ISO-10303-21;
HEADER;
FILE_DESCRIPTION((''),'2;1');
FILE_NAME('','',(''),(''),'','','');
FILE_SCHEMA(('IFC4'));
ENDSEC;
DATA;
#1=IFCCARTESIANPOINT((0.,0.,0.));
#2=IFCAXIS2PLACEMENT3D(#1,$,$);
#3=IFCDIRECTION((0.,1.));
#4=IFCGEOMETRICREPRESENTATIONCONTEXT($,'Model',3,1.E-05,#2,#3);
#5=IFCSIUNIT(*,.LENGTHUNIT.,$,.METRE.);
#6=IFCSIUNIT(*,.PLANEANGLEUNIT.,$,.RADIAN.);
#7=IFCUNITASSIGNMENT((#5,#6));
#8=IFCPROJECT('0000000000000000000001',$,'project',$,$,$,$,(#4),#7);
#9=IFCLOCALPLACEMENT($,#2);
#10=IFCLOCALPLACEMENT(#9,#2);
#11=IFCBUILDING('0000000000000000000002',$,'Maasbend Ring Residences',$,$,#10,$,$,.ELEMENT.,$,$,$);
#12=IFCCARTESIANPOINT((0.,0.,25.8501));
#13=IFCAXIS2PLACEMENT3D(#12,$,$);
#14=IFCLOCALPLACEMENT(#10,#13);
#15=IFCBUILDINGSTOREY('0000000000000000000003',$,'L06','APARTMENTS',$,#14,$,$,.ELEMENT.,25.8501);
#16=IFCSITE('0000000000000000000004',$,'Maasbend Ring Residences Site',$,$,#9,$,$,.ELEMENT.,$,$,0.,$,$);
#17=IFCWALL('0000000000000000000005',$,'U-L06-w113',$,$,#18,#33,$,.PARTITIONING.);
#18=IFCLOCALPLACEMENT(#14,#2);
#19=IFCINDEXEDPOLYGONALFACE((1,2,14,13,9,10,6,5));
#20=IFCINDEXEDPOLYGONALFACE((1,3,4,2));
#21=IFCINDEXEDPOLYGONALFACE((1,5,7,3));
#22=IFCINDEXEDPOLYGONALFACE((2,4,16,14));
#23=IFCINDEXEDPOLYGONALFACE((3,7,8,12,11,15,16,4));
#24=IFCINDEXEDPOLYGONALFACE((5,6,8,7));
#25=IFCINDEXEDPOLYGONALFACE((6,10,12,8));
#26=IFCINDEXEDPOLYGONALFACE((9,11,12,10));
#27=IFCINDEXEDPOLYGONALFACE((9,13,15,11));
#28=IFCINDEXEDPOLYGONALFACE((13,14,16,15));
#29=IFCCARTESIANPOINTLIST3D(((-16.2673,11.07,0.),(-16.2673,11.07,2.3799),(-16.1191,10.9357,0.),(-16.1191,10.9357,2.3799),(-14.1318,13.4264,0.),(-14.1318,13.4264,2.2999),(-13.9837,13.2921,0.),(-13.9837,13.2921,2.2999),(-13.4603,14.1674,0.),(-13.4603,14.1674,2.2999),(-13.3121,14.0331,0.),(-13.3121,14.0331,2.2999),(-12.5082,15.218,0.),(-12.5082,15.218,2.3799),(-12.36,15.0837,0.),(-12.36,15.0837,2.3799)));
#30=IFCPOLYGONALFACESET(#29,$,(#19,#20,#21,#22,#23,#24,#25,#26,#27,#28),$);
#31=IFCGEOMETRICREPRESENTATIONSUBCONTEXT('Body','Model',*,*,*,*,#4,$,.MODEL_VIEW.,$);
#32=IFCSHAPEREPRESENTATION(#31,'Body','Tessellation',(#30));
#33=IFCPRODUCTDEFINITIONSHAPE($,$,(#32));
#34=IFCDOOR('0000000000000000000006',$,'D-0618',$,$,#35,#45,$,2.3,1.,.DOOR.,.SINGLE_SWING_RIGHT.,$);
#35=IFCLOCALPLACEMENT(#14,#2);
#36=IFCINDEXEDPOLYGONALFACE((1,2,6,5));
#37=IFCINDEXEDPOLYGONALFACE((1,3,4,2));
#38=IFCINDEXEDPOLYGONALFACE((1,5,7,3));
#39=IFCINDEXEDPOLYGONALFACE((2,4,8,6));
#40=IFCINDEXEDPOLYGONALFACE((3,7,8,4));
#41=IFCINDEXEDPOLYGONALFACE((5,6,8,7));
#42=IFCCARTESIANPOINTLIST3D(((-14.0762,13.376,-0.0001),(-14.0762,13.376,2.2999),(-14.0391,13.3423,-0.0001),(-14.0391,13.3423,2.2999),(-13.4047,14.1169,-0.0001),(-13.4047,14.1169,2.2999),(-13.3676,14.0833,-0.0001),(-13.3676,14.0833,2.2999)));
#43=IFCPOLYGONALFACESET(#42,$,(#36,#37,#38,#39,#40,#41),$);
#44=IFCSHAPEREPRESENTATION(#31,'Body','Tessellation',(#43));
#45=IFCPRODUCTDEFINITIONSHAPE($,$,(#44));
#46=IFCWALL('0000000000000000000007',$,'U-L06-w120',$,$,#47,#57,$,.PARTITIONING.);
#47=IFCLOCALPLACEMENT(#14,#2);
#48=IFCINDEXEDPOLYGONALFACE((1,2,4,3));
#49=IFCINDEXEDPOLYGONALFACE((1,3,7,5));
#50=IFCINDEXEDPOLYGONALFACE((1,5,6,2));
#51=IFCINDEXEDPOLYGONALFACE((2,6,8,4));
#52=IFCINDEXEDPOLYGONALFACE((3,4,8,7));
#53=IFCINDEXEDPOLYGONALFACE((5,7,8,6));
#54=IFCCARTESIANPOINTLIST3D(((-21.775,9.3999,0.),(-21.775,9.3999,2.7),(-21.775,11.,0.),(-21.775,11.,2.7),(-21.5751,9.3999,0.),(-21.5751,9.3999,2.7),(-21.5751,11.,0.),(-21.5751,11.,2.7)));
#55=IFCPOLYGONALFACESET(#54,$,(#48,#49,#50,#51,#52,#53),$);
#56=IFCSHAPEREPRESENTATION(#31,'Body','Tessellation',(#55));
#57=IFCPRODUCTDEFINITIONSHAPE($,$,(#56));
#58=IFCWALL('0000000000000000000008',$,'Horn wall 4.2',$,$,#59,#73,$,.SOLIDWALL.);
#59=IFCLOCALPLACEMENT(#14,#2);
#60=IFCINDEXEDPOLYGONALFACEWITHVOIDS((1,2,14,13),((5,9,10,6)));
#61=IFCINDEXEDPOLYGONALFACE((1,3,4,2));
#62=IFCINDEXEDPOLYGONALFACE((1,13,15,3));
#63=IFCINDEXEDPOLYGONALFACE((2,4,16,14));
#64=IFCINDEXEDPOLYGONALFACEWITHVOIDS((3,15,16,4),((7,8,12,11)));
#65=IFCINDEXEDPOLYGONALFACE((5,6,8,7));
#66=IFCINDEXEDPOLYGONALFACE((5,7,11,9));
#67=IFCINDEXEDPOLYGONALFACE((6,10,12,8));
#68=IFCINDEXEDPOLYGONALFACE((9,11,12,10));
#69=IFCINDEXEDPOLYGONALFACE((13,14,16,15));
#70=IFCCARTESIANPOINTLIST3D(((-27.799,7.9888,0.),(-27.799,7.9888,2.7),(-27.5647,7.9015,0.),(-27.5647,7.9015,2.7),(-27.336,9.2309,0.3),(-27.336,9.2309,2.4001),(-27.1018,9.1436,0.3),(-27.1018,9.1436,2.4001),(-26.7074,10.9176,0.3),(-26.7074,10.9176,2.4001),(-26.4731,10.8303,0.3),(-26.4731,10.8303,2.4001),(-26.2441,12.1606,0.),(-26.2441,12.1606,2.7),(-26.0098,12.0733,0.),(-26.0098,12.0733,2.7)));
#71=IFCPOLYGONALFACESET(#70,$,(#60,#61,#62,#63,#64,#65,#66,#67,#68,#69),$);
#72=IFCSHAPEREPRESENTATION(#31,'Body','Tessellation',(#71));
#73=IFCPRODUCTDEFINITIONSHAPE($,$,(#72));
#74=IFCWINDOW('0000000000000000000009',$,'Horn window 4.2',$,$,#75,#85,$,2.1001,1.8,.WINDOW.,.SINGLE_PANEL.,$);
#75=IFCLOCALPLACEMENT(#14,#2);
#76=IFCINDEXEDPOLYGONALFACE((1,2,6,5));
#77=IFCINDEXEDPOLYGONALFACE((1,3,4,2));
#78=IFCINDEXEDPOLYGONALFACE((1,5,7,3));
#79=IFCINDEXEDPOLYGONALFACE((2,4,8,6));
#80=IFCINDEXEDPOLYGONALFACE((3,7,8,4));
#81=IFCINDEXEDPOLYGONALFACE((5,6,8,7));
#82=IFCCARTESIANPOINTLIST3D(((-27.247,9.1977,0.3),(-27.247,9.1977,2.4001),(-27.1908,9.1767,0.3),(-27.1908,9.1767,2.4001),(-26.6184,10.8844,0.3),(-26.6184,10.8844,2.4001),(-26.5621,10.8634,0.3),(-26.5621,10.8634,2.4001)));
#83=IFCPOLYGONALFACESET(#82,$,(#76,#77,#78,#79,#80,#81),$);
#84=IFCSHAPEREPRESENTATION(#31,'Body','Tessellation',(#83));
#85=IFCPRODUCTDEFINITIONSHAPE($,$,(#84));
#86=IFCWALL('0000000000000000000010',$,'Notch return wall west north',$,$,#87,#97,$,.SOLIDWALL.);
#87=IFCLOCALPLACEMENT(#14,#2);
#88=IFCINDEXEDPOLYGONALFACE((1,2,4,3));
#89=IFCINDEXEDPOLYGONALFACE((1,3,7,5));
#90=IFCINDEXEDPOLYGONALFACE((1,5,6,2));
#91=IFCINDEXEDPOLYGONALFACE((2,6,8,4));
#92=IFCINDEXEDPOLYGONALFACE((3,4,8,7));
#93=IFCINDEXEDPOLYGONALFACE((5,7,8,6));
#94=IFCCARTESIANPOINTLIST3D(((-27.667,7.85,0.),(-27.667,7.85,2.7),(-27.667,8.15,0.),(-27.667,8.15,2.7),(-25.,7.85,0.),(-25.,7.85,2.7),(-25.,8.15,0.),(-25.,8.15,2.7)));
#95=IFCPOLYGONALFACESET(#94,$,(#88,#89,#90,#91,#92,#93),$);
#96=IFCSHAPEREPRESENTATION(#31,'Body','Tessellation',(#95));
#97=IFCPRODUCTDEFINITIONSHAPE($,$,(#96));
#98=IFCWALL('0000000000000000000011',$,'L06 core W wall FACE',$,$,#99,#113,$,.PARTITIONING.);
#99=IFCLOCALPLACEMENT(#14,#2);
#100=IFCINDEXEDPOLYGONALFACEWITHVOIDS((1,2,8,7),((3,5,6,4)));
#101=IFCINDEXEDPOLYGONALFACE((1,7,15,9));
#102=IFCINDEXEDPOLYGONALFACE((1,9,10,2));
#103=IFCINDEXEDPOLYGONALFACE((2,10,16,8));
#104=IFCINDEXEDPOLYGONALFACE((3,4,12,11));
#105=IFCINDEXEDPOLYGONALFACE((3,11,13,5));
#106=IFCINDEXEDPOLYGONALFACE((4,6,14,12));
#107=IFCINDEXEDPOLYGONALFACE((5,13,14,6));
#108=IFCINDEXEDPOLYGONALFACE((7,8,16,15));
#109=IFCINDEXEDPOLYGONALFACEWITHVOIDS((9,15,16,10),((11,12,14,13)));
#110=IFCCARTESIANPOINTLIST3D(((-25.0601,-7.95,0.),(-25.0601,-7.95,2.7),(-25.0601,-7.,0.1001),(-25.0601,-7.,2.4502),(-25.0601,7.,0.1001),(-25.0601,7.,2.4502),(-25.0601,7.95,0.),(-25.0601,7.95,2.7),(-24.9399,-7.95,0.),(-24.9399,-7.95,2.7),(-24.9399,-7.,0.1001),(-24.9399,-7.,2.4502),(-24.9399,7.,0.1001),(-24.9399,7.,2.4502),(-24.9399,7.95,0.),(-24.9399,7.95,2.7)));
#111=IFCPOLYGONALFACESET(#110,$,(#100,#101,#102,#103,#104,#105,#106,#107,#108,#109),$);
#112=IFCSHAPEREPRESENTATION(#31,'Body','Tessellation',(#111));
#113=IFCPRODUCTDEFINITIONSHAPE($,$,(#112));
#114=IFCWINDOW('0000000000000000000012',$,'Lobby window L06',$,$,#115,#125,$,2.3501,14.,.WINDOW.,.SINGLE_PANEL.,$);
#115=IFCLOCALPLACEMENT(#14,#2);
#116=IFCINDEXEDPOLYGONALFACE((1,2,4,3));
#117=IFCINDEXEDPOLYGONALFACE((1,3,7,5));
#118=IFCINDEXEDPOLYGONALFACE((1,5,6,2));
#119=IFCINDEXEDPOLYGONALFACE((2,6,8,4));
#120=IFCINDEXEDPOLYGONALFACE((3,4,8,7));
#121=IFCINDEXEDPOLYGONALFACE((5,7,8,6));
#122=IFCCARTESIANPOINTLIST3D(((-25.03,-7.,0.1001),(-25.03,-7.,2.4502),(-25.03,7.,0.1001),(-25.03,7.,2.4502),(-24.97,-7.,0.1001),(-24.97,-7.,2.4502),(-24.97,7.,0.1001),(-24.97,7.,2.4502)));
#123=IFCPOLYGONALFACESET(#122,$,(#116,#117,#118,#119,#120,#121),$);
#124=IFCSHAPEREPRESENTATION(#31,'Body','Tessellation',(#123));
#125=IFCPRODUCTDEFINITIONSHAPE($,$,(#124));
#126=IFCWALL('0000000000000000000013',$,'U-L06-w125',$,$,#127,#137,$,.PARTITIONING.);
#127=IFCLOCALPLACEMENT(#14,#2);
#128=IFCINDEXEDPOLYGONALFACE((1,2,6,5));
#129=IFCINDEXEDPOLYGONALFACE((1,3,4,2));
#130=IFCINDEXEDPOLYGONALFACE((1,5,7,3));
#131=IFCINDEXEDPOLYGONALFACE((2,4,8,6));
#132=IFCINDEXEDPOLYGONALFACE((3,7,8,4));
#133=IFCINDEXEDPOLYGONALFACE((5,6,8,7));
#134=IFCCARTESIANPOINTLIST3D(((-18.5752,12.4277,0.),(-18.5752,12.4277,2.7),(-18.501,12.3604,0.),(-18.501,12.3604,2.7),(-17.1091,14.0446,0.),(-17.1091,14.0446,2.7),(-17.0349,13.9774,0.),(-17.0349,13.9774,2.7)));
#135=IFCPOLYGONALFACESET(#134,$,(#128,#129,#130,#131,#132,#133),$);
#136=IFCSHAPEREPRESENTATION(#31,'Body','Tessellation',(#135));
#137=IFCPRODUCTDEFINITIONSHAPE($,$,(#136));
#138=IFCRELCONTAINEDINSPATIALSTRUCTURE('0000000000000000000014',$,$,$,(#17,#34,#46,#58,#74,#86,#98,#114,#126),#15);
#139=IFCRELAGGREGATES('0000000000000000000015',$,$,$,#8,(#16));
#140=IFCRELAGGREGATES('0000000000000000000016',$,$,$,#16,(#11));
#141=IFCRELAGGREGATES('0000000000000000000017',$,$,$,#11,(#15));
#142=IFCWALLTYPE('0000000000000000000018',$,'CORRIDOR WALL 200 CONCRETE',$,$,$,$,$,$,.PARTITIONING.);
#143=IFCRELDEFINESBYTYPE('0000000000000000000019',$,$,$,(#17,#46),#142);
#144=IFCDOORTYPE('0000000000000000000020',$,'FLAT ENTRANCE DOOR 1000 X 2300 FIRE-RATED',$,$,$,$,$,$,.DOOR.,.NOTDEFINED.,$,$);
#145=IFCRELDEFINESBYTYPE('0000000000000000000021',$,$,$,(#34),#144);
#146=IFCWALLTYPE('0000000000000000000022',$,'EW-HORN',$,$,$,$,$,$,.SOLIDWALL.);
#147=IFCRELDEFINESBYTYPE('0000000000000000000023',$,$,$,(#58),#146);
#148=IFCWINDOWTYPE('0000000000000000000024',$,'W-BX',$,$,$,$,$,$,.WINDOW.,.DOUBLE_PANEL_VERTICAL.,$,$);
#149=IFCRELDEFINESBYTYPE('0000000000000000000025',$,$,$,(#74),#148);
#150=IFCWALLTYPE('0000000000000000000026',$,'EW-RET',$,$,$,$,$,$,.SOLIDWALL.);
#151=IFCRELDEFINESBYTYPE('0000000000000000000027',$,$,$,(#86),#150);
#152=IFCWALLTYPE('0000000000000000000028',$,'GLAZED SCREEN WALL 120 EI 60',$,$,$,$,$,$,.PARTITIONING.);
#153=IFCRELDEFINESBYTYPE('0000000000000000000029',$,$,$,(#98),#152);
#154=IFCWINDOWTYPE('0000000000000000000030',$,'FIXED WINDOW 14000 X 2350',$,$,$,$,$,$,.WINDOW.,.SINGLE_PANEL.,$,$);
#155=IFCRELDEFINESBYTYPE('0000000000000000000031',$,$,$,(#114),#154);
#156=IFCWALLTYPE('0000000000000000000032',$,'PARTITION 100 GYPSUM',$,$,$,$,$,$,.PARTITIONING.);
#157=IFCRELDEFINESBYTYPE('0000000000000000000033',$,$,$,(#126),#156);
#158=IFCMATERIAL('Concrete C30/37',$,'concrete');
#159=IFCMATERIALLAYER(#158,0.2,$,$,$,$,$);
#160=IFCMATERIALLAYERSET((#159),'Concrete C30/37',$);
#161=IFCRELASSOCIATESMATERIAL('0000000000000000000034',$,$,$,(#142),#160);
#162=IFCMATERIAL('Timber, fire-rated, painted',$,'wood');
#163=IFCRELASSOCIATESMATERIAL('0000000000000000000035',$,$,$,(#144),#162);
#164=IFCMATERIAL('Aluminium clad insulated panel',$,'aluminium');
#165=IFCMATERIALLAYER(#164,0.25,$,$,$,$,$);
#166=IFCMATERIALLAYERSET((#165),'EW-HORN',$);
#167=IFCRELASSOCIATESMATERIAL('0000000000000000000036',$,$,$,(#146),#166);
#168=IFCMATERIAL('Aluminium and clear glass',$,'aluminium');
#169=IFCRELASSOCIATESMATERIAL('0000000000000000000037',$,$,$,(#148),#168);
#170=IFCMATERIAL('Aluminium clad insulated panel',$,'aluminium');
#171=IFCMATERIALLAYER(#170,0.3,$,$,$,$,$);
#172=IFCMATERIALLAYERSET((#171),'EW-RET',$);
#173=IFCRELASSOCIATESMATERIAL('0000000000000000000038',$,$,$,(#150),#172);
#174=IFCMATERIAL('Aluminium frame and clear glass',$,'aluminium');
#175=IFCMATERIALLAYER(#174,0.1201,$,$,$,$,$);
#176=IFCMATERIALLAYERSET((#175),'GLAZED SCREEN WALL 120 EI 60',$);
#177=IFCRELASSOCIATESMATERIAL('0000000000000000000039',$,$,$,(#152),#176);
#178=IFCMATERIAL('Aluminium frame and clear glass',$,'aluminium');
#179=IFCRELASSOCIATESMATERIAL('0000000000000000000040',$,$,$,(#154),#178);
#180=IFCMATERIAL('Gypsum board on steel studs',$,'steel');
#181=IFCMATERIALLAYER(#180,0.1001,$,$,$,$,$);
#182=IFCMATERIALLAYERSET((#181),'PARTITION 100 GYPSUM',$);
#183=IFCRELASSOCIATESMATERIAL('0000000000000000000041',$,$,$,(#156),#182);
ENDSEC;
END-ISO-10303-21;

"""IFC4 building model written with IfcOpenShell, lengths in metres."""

from ifc_helpers import new_model, si_unit, direction, frame, frame_2d, origin, place, context, subcontext, project, spatial, rectangle, extrude, material, layer, layer_set, type_object, element, fill, save


model = new_model("IFC4")

# Units and contexts
model_context = context("Model", 3, precision=1e-05, world=origin(), true_north=direction((0.0, 1.0)))
body_context = subcontext(model_context, "Body", "Model", "MODEL_VIEW")
ifc_project = project(units=[si_unit("LENGTHUNIT", "METRE"), si_unit("PLANEANGLEUNIT", "RADIAN")], contexts=[model_context])

# Site, building, storey
site_placement = place(None, origin())
site = spatial("IfcSite", under=ifc_project, at=site_placement, Name="Maasbend Ring Residences Site", CompositionType="ELEMENT", RefElevation=0.0)
building_placement = place(site_placement, origin())
building = spatial("IfcBuilding", under=site, at=building_placement, Name="Maasbend Ring Residences", CompositionType="ELEMENT")
storey_placement = place(building_placement, frame((0.0, 0.0, 25.8501)))
storey = spatial("IfcBuildingStorey", under=building, at=storey_placement, Name="L06", Description="APARTMENTS", CompositionType="ELEMENT", Elevation=25.8501)

# Wall, opening, door
ifc_material_1 = material(Name="Concrete C30/37", Category="concrete")
ifc_layer_1 = layer(ifc_material_1, 0.2)
ifc_layer_set_1 = layer_set([ifc_layer_1], Name="Concrete C30/37")
wall_type_1 = type_object("IfcWallType", Name="CORRIDOR WALL 200 CONCRETE", PredefinedType="PARTITIONING", material=ifc_layer_set_1)
wall_1_placement = place(storey_placement, frame((-16.1931, 11.0029, 0.0), z_axis=(0.0, 0.0, 1.0), x_axis=(0.671515, 0.740991, 0.0)))
wall_1 = element("IfcWall", 1, at=wall_1_placement, inside=storey, type_object=wall_type_1, Name="U-L06-w113", PredefinedType="PARTITIONING", context=body_context, shape_type="SweptSolid", body=[
    extrude(rectangle(XDim=5.5979, YDim=0.2, at=frame_2d((2.7988, 0.0))), origin(), (0.0, 0.0, 1.0), 2.3799),
])
opening_1_placement = place(wall_1_placement, frame((3.1799, 0.0, 0.0)))
opening_1 = element("IfcOpeningElement", 2, at=opening_1_placement, cuts=wall_1, PredefinedType="OPENING", context=body_context, shape_type="SweptSolid", body=[
    extrude(rectangle(XDim=1.0, YDim=2.3, at=frame_2d((0.5, 1.1499))), frame((0.0, 0.1099, 0.0), z_axis=(0.0, -1.0, 0.0), x_axis=(1.0, 0.0, 0.0)), (0.0, 0.0, 1.0), 0.22),
])
ifc_material_2 = material(Name="Timber, fire-rated, painted", Category="wood")
door_type_1 = type_object("IfcDoorType", Name="FLAT ENTRANCE DOOR 1000 X 2300 FIRE-RATED", OperationType="NOTDEFINED", PredefinedType="DOOR", material=ifc_material_2)
door_1_placement = place(opening_1_placement, origin())
door_1 = element("IfcDoor", 3, at=door_1_placement, inside=storey, type_object=door_type_1, Name="D-0618", OperationType="SINGLE_SWING_RIGHT", OverallHeight=2.3, OverallWidth=1.0, PredefinedType="DOOR", context=body_context, shape_type="SweptSolid", body=[
    extrude(rectangle(XDim=1.0, YDim=2.3, at=frame_2d((0.5, 1.1499))), frame((0.0, 0.0249, 0.0), z_axis=(0.0, -1.0, 0.0), x_axis=(1.0, 0.0, 0.0)), (0.0, 0.0, 1.0), 0.05),
])
fill(opening_1, door_1)

# Wall
wall_2_placement = place(storey_placement, frame((-21.675, 9.3999, 0.0), z_axis=(0.0, 0.0, 1.0), x_axis=(0.0, 1.0, 0.0)))
element("IfcWall", 4, at=wall_2_placement, inside=storey, type_object=wall_type_1, Name="U-L06-w120", PredefinedType="PARTITIONING", context=body_context, shape_type="SweptSolid", body=[
    extrude(rectangle(XDim=1.6001, YDim=0.2, at=frame_2d((0.8, 0.0))), origin(), (0.0, 0.0, 1.0), 2.7),
])

# Wall, opening, window
ifc_material_3 = material(Name="Aluminium clad insulated panel", Category="aluminium")
ifc_layer_2 = layer(ifc_material_3, 0.25)
ifc_layer_set_2 = layer_set([ifc_layer_2], Name="EW-HORN")
wall_type_2 = type_object("IfcWallType", Name="EW-HORN", PredefinedType="SOLIDWALL", material=ifc_layer_set_2)
wall_3_placement = place(storey_placement, frame((-26.127, 12.1169, 0.0), z_axis=(0.0, 0.0, 1.0), x_axis=(-0.349248, -0.93703, 0.0)))
wall_3 = element("IfcWall", 5, at=wall_3_placement, inside=storey, type_object=wall_type_2, Name="Horn wall 4.2", PredefinedType="SOLIDWALL", context=body_context, shape_type="SweptSolid", body=[
    extrude(rectangle(XDim=4.4521, YDim=0.25, at=frame_2d((2.2261, 0.0))), origin(), (0.0, 0.0, 1.0), 2.7),
])
opening_2_placement = place(wall_3_placement, frame((1.3267, 0.0, 0.3)))
opening_2 = element("IfcOpeningElement", 6, at=opening_2_placement, cuts=wall_3, PredefinedType="OPENING", context=body_context, shape_type="SweptSolid", body=[
    extrude(rectangle(XDim=1.8, YDim=2.1001, at=frame_2d((0.8999, 1.05))), frame((0.0, 0.135, 0.0), z_axis=(0.0, -1.0, 0.0), x_axis=(1.0, 0.0, 0.0)), (0.0, 0.0, 1.0), 0.27),
])
ifc_material_4 = material(Name="Aluminium and clear glass", Category="aluminium")
window_type_1 = type_object("IfcWindowType", Name="W-BX", PartitioningType="DOUBLE_PANEL_VERTICAL", PredefinedType="WINDOW", material=ifc_material_4)
window_1_placement = place(opening_2_placement, origin())
window_1 = element("IfcWindow", 7, at=window_1_placement, inside=storey, type_object=window_type_1, Name="Horn window 4.2", OverallHeight=2.1001, OverallWidth=1.8, PartitioningType="SINGLE_PANEL", PredefinedType="WINDOW", context=body_context, shape_type="SweptSolid", body=[
    extrude(rectangle(XDim=1.8, YDim=2.1001, at=frame_2d((0.8999, 1.05))), frame((0.0, 0.03, 0.0), z_axis=(0.0, -1.0, 0.0), x_axis=(1.0, 0.0, 0.0)), (0.0, 0.0, 1.0), 0.0601),
])
fill(opening_2, window_1)

# Wall
ifc_material_5 = material(Name="Aluminium clad insulated panel", Category="aluminium")
ifc_layer_3 = layer(ifc_material_5, 0.3)
ifc_layer_set_3 = layer_set([ifc_layer_3], Name="EW-RET")
wall_type_3 = type_object("IfcWallType", Name="EW-RET", PredefinedType="SOLIDWALL", material=ifc_layer_set_3)
wall_4_placement = place(storey_placement, frame((-25.0, 8.0, 0.0), z_axis=(0.0, 0.0, 1.0), x_axis=(-1.0, 0.0, 0.0)))
element("IfcWall", 8, at=wall_4_placement, inside=storey, type_object=wall_type_3, Name="Notch return wall west north", PredefinedType="SOLIDWALL", context=body_context, shape_type="SweptSolid", body=[
    extrude(rectangle(XDim=2.667, YDim=0.3, at=frame_2d((1.3335, 0.0))), origin(), (0.0, 0.0, 1.0), 2.7),
])

# Wall, opening, window
ifc_material_6 = material(Name="Aluminium frame and clear glass", Category="aluminium")
ifc_layer_4 = layer(ifc_material_6, 0.1201)
ifc_layer_set_4 = layer_set([ifc_layer_4], Name="GLAZED SCREEN WALL 120 EI 60")
wall_type_4 = type_object("IfcWallType", Name="GLAZED SCREEN WALL 120 EI 60", PredefinedType="PARTITIONING", material=ifc_layer_set_4)
wall_5_placement = place(storey_placement, frame((-25.0, 7.95, 0.0), z_axis=(0.0, 0.0, 1.0), x_axis=(0.0, -1.0, 0.0)))
wall_5 = element("IfcWall", 9, at=wall_5_placement, inside=storey, type_object=wall_type_4, Name="L06 core W wall FACE", PredefinedType="PARTITIONING", context=body_context, shape_type="SweptSolid", body=[
    extrude(rectangle(XDim=15.8999, YDim=0.1201, at=frame_2d((7.95, 0.0))), origin(), (0.0, 0.0, 1.0), 2.7),
])
opening_3_placement = place(wall_5_placement, frame((0.95, 0.0, 0.1001)))
opening_3 = element("IfcOpeningElement", 10, at=opening_3_placement, cuts=wall_5, PredefinedType="OPENING", context=body_context, shape_type="SweptSolid", body=[
    extrude(rectangle(XDim=14.0, YDim=2.3501, at=frame_2d((7.0, 1.175))), frame((0.0, 0.0701, 0.0), z_axis=(0.0, -1.0, 0.0), x_axis=(1.0, 0.0, 0.0)), (0.0, 0.0, 1.0), 0.1401),
])
ifc_material_7 = material(Name="Aluminium frame and clear glass", Category="aluminium")
window_type_2 = type_object("IfcWindowType", Name="FIXED WINDOW 14000 X 2350", PartitioningType="SINGLE_PANEL", PredefinedType="WINDOW", material=ifc_material_7)
window_2_placement = place(opening_3_placement, origin())
window_2 = element("IfcWindow", 11, at=window_2_placement, inside=storey, type_object=window_type_2, Name="Lobby window L06", OverallHeight=2.3501, OverallWidth=14.0, PartitioningType="SINGLE_PANEL", PredefinedType="WINDOW", context=body_context, shape_type="SweptSolid", body=[
    extrude(rectangle(XDim=14.0, YDim=2.3501, at=frame_2d((7.0, 1.175))), frame((0.0, 0.03, 0.0), z_axis=(0.0, -1.0, 0.0), x_axis=(1.0, 0.0, 0.0)), (0.0, 0.0, 1.0), 0.0601),
])
fill(opening_3, window_2)

# Wall
ifc_material_8 = material(Name="Gypsum board on steel studs", Category="steel")
ifc_layer_5 = layer(ifc_material_8, 0.1001)
ifc_layer_set_5 = layer_set([ifc_layer_5], Name="PARTITION 100 GYPSUM")
wall_type_5 = type_object("IfcWallType", Name="PARTITION 100 GYPSUM", PredefinedType="PARTITIONING", material=ifc_layer_set_5)
wall_6_placement = place(storey_placement, frame((-18.5381, 12.394, 0.0), z_axis=(0.0, 0.0, 1.0), x_axis=(0.671698, 0.740825, 0.0)))
element("IfcWall", 12, at=wall_6_placement, inside=storey, type_object=wall_type_5, Name="U-L06-w125", PredefinedType="PARTITIONING", context=body_context, shape_type="SweptSolid", body=[
    extrude(rectangle(XDim=2.1826, YDim=0.1001, at=frame_2d((1.0913, 0.0))), origin(), (0.0, 0.0, 1.0), 2.7),
])

save(model, "model.ifc")
